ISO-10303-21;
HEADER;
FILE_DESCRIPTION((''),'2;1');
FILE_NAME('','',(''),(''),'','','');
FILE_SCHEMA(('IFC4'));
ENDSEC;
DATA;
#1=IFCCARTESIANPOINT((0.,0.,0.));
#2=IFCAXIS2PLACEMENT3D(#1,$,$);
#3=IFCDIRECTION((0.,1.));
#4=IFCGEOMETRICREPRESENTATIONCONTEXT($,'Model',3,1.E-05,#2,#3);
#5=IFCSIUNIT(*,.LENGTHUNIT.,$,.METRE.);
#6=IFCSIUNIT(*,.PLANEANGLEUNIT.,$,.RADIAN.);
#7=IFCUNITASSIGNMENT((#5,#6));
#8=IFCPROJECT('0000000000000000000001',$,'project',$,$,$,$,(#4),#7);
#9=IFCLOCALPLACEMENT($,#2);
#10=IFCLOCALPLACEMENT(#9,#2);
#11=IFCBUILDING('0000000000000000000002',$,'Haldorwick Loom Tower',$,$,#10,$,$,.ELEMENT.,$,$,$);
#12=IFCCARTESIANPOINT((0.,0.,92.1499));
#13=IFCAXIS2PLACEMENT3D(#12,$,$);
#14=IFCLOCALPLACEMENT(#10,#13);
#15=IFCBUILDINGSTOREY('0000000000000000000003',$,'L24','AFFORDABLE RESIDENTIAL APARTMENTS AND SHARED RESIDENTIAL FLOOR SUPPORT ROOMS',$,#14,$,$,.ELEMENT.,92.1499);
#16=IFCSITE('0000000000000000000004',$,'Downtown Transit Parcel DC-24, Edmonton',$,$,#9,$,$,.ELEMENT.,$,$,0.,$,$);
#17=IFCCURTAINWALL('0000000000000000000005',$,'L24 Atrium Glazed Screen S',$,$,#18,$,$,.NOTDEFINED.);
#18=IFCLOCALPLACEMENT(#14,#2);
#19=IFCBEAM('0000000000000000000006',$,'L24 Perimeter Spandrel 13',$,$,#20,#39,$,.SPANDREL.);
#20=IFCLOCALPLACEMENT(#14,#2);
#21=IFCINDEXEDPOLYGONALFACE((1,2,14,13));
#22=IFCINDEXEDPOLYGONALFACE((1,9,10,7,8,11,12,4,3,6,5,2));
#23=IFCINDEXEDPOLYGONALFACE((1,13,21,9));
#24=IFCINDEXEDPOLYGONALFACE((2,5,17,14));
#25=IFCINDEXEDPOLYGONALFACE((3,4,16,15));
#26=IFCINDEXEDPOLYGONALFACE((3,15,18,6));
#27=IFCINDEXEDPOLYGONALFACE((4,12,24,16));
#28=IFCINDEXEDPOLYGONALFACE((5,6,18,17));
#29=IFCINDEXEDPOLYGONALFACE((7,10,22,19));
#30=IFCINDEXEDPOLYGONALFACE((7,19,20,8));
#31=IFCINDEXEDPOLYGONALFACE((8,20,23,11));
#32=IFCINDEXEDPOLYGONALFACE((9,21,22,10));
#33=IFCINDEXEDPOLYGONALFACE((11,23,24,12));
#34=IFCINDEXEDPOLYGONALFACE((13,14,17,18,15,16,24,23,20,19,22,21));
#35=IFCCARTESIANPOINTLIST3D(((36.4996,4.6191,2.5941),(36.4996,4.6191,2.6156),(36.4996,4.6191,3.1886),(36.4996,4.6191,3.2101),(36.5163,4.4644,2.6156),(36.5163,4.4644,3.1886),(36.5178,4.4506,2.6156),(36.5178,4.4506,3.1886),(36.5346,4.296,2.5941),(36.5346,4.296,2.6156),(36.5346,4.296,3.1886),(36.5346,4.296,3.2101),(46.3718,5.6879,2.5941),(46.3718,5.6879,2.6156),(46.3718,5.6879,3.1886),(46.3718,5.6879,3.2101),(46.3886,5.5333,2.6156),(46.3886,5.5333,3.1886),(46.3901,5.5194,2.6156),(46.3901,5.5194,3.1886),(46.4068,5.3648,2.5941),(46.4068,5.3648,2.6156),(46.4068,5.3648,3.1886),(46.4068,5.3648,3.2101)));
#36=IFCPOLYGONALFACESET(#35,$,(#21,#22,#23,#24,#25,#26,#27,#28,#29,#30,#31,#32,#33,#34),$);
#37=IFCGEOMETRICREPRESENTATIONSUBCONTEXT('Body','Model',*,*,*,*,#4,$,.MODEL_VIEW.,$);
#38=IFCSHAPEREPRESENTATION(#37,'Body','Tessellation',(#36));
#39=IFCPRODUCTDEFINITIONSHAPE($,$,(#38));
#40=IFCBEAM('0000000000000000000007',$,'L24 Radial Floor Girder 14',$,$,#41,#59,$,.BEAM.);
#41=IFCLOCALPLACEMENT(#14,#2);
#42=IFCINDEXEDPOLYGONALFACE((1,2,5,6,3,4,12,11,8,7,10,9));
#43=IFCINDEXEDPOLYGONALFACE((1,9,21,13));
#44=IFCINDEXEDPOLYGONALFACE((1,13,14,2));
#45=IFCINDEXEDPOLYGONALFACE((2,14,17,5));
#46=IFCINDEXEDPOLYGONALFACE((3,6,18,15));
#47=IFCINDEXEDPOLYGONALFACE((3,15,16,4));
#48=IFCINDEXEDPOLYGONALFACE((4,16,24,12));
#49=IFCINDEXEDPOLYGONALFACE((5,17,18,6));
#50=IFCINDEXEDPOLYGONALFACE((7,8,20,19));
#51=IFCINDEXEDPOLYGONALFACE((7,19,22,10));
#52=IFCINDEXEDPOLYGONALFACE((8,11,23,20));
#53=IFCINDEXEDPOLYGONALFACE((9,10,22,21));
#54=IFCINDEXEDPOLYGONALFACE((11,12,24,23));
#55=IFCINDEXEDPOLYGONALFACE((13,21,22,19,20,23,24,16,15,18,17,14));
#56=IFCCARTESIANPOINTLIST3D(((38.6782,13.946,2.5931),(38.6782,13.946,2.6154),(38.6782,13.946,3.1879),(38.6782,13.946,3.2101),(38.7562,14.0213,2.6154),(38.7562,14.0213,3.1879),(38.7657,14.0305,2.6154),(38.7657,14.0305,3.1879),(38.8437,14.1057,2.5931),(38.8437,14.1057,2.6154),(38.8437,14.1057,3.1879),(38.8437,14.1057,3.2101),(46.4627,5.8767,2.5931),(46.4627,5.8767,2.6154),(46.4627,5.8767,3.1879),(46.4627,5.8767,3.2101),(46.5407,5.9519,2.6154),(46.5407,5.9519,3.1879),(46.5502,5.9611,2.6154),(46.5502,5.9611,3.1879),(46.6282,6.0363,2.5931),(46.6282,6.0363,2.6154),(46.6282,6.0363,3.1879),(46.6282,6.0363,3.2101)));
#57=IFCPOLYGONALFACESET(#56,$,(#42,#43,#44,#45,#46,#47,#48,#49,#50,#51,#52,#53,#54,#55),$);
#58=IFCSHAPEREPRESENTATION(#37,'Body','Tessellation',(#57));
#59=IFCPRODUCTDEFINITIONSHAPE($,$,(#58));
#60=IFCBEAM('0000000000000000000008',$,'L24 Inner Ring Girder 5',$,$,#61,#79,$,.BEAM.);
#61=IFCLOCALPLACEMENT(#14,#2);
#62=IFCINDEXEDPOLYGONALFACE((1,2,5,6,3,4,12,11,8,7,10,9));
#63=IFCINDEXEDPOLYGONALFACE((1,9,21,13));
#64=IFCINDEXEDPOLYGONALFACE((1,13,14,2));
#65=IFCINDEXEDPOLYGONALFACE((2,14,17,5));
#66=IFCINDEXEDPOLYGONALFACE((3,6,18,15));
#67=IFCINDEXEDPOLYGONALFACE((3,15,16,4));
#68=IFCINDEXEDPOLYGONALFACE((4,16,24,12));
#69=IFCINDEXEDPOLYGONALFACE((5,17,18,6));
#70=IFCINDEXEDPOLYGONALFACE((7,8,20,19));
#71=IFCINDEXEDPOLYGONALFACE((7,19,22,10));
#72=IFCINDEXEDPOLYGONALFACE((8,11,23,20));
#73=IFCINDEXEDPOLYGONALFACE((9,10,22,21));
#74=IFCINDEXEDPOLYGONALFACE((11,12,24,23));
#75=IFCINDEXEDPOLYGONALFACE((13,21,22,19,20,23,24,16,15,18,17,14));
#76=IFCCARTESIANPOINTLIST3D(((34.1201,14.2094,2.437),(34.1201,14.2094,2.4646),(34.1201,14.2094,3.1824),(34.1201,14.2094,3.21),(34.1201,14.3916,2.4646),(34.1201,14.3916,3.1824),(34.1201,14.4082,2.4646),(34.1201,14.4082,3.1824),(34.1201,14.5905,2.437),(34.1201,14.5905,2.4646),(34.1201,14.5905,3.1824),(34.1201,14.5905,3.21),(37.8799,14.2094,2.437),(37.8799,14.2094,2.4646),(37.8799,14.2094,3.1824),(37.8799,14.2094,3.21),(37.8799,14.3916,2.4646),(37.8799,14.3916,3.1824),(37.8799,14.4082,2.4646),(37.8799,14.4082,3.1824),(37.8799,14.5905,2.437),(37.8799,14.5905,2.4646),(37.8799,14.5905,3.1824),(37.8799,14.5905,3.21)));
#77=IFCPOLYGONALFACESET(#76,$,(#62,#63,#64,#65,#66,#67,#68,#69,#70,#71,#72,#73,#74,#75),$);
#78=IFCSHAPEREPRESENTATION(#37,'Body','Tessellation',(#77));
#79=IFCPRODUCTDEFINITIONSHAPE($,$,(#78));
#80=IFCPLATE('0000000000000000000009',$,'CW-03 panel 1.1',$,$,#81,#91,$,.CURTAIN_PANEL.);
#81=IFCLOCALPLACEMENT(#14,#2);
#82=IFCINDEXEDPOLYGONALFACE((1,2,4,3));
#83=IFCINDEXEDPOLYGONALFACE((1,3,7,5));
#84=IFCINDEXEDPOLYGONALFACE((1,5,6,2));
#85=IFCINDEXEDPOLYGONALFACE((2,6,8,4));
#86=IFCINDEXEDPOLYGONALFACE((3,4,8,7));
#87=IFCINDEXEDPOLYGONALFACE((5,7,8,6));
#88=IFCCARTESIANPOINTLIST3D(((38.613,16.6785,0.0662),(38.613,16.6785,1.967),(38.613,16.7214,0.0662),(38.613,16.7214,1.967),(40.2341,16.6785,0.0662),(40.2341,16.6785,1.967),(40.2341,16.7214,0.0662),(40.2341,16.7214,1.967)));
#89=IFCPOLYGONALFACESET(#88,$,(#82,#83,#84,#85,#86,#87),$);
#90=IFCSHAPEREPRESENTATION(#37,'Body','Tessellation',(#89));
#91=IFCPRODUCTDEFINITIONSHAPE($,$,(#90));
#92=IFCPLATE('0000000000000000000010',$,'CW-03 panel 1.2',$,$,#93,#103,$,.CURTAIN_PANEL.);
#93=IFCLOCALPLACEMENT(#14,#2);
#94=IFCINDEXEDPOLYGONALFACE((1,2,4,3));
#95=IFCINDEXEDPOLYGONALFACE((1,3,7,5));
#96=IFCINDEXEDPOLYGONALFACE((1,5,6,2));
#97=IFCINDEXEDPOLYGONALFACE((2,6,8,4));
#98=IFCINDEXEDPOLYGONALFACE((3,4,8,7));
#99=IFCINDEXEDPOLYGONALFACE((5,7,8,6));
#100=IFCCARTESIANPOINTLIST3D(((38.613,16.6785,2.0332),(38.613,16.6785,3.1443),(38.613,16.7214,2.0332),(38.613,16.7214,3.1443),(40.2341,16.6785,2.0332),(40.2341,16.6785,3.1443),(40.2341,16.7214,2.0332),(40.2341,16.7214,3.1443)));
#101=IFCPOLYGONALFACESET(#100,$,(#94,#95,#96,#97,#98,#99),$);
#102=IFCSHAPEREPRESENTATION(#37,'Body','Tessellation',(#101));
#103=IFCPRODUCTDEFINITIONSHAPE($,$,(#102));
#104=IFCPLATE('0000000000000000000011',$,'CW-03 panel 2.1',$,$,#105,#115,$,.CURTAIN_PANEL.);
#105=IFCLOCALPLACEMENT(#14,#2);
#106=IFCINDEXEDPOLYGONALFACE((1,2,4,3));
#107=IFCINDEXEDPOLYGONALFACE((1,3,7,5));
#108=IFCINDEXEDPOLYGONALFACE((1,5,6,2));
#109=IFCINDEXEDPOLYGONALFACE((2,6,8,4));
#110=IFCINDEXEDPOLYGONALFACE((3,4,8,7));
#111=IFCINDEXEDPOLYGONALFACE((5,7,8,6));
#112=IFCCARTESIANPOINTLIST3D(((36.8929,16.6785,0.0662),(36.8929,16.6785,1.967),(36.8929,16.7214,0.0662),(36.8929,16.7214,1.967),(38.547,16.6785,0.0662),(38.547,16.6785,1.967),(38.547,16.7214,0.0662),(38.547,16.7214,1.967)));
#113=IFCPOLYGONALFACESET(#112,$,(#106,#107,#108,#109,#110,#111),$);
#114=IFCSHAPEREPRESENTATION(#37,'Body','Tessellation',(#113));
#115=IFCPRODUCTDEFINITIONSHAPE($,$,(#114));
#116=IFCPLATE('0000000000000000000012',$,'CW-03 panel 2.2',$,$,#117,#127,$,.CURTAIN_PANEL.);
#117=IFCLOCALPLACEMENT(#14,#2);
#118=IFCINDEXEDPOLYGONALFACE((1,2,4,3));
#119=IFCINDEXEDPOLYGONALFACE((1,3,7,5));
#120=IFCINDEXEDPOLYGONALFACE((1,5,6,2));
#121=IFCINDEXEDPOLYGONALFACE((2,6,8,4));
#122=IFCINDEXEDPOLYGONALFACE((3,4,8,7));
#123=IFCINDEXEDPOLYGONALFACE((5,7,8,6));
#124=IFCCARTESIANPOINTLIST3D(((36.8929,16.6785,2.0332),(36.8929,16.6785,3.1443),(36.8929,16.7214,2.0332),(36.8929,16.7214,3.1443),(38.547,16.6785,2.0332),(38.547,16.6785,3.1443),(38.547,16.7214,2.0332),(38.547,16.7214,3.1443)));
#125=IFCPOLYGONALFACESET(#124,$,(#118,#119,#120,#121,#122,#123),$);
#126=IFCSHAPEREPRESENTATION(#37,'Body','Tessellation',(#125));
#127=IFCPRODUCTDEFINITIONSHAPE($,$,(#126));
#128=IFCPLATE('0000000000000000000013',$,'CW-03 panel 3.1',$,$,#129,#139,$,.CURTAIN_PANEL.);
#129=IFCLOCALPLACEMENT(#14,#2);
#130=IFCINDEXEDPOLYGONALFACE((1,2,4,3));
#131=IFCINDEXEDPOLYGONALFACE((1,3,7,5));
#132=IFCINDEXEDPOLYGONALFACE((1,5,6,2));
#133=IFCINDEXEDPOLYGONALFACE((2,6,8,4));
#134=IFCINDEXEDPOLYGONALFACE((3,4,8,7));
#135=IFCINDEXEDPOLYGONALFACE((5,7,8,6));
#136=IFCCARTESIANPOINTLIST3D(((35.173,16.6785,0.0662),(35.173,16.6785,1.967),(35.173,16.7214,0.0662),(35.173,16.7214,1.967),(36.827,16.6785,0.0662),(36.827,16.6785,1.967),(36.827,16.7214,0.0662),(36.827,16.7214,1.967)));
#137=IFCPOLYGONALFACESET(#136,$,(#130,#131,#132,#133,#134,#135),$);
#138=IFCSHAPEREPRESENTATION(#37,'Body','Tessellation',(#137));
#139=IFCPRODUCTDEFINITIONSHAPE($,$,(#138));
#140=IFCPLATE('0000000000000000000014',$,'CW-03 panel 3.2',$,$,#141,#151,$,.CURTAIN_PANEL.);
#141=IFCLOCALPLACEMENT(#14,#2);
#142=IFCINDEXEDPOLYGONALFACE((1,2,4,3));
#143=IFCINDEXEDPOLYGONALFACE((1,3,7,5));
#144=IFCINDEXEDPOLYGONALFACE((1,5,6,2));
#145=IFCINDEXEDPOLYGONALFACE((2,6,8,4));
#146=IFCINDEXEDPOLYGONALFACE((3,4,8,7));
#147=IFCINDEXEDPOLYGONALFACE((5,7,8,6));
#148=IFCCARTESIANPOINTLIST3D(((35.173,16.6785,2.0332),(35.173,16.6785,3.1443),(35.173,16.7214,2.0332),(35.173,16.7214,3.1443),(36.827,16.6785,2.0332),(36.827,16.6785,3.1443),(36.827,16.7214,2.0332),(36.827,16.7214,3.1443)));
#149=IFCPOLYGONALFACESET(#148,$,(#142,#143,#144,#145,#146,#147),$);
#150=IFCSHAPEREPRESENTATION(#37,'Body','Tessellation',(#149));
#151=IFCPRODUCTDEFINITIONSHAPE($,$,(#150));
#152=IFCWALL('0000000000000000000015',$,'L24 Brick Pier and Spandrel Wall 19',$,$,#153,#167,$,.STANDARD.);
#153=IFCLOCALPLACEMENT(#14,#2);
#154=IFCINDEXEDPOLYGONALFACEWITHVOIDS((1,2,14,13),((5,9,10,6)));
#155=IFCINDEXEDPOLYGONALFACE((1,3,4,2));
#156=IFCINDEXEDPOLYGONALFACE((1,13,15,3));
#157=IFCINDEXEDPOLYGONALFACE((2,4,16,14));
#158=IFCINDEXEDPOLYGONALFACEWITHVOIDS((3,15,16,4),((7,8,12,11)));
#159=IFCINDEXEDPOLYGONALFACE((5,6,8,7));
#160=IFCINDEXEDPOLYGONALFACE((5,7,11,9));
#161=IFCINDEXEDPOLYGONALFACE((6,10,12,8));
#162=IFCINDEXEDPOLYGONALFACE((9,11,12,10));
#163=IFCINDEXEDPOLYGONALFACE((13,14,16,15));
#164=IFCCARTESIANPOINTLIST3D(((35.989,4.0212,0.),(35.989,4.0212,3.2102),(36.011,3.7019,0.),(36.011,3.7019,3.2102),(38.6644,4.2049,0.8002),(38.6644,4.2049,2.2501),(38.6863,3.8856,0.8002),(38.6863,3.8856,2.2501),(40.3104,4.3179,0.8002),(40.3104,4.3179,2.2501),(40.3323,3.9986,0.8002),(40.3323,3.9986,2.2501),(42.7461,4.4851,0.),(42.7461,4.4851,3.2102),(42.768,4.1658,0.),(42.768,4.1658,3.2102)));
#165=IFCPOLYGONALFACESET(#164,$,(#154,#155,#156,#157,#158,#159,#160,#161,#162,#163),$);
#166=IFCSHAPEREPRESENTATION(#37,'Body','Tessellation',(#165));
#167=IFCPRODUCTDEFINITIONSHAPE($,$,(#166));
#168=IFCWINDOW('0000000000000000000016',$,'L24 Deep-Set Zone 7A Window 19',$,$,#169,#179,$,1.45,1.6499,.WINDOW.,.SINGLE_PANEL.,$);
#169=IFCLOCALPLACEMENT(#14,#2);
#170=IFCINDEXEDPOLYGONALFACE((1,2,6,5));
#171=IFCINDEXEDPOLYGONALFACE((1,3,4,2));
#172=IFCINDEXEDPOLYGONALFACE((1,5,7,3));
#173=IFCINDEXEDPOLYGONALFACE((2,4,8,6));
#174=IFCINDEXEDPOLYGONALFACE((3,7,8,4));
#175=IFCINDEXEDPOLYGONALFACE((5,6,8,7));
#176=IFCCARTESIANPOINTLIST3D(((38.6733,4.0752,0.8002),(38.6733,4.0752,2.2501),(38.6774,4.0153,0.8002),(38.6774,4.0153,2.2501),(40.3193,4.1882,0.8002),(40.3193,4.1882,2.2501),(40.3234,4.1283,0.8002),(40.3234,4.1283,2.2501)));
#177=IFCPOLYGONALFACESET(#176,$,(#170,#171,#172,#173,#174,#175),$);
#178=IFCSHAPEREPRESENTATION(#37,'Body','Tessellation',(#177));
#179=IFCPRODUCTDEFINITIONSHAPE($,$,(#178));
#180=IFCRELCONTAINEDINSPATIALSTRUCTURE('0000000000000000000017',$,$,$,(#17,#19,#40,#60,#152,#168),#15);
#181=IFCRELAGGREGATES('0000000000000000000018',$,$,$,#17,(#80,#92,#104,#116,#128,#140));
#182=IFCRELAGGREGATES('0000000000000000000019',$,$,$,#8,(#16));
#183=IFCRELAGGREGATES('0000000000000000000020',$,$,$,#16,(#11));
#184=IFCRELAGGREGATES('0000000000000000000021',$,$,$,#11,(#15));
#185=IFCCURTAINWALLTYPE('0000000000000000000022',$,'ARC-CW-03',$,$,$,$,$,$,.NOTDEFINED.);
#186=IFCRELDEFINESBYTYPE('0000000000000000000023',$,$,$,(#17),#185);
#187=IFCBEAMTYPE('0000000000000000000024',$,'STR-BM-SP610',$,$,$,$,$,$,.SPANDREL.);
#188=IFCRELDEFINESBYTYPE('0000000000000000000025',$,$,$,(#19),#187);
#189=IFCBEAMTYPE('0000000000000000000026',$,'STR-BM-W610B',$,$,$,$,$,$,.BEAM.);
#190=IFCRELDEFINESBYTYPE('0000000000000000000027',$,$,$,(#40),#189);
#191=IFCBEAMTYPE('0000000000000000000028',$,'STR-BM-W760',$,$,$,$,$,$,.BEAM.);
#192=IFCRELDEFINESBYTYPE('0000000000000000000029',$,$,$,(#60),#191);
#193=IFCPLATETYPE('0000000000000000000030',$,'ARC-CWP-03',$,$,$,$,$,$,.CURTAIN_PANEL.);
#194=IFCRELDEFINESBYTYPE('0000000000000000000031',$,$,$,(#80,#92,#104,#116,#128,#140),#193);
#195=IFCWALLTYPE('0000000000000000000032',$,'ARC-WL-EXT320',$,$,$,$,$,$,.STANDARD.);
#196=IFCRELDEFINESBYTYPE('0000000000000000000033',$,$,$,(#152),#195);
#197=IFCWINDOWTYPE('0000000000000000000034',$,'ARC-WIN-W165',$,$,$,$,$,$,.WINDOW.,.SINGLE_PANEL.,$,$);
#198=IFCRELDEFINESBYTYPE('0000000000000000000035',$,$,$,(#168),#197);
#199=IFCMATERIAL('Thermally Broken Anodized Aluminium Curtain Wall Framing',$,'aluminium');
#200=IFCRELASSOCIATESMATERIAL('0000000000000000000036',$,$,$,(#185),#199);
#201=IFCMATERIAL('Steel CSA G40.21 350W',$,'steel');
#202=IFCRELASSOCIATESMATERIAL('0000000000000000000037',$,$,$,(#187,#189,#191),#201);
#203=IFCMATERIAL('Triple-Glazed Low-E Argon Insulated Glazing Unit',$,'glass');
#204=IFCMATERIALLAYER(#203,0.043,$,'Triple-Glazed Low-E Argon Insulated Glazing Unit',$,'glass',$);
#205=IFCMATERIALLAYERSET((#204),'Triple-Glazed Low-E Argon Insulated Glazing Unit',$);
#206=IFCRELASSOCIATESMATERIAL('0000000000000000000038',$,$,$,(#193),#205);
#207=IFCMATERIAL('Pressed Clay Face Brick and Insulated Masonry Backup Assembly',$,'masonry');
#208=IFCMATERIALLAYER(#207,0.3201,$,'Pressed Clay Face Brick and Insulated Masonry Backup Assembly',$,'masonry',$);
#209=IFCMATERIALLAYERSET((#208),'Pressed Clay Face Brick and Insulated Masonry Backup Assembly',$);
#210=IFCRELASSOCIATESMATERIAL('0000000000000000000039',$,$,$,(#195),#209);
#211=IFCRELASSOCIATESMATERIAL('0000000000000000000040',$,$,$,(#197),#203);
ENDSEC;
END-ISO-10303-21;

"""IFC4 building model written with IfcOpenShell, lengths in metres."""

from ifc_helpers import new_model, si_unit, direction, frame, frame_2d, origin, origin_2d, place, context, subcontext, project, spatial, rectangle, i_section, extrude, material, layer, layer_set, material_profile, profile_set, type_object, element, fill, aggregate, save


model = new_model("IFC4")

# Units and contexts
model_context = context("Model", 3, precision=1e-05, world=origin(), true_north=direction((0.0, 1.0)))
body_context = subcontext(model_context, "Body", "Model", "MODEL_VIEW")
ifc_project = project(units=[si_unit("LENGTHUNIT", "METRE"), si_unit("PLANEANGLEUNIT", "RADIAN")], contexts=[model_context])

# Site, building, storey
site_placement = place(None, origin())
site = spatial("IfcSite", under=ifc_project, at=site_placement, Name="Downtown Transit Parcel DC-24, Edmonton", CompositionType="ELEMENT", RefElevation=0.0)
building_placement = place(site_placement, origin())
building = spatial("IfcBuilding", under=site, at=building_placement, Name="Haldorwick Loom Tower", CompositionType="ELEMENT")
storey_placement = place(building_placement, frame((0.0, 0.0, 92.1499)))
storey = spatial("IfcBuildingStorey", under=building, at=storey_placement, Name="L24", Description="AFFORDABLE RESIDENTIAL APARTMENTS AND SHARED RESIDENTIAL FLOOR SUPPORT ROOMS", CompositionType="ELEMENT", Elevation=92.1499)

# Curtain wall
ifc_material_1 = material(Name="Thermally Broken Anodized Aluminium Curtain Wall Framing", Category="aluminium")
curtain_wall_type = type_object("IfcCurtainWallType", Name="ARC-CW-03", PredefinedType="NOTDEFINED", material=ifc_material_1)
curtain_wall_placement = place(storey_placement, origin())
curtain_wall = element("IfcCurtainWall", 1, at=curtain_wall_placement, inside=storey, type_object=curtain_wall_type, Name="L24 Atrium Glazed Screen S", PredefinedType="NOTDEFINED")

# Beams
ifc_material_2 = material(Name="Steel CSA G40.21 350W", Category="steel")
ifc_material_profile_1 = material_profile(ifc_material_2, i_section(OverallWidth=0.325, OverallDepth=0.616, WebThickness=0.0139, FlangeThickness=0.0215, at=origin_2d()), Name="W610X174", Category="steel")
ifc_profile_set_1 = profile_set([ifc_material_profile_1], Name="Steel CSA G40.21 350W")
beam_type_1 = type_object("IfcBeamType", Name="STR-BM-SP610", PredefinedType="SPANDREL", material=ifc_profile_set_1)
beam_1_placement = place(storey_placement, frame((36.5171, 4.4575, 2.9021), z_axis=(0.99419, 0.107638, 0.0), x_axis=(-0.107638, 0.99419, 0.0)))
element("IfcBeam", 2, at=beam_1_placement, inside=storey, type_object=beam_type_1, Name="L24 Perimeter Spandrel 13", PredefinedType="SPANDREL", context=body_context, shape_type="SweptSolid", body=[
    extrude(i_section(OverallWidth=0.325, OverallDepth=0.616, WebThickness=0.0139, FlangeThickness=0.0215, at=origin_2d()), origin(), (0.0, 0.0, 1.0), 9.9299),
])
ifc_material_profile_2 = material_profile(ifc_material_2, i_section(OverallWidth=0.23, OverallDepth=0.6169, WebThickness=0.0132, FlangeThickness=0.0222, at=origin_2d()), Name="W610X140", Category="steel")
ifc_profile_set_2 = profile_set([ifc_material_profile_2], Name="Steel CSA G40.21 350W")
beam_type_2 = type_object("IfcBeamType", Name="STR-BM-W610B", PredefinedType="BEAM", material=ifc_profile_set_2)
beam_2_placement = place(storey_placement, frame((38.761, 14.0259, 2.9016), z_axis=(0.694287, -0.719698, 0.0), x_axis=(0.719698, 0.694287, 0.0)))
element("IfcBeam", 3, at=beam_2_placement, inside=storey, type_object=beam_type_2, Name="L24 Radial Floor Girder 14", PredefinedType="BEAM", context=body_context, shape_type="SweptSolid", body=[
    extrude(i_section(OverallWidth=0.23, OverallDepth=0.6169, WebThickness=0.0132, FlangeThickness=0.0222, at=origin_2d()), origin(), (0.0, 0.0, 1.0), 11.2122),
])
ifc_material_profile_3 = material_profile(ifc_material_2, i_section(OverallWidth=0.3811, OverallDepth=0.7729, WebThickness=0.0166, FlangeThickness=0.0276, at=origin_2d()), Name="W760X257", Category="steel")
ifc_profile_set_3 = profile_set([ifc_material_profile_3], Name="Steel CSA G40.21 350W")
beam_type_3 = type_object("IfcBeamType", Name="STR-BM-W760", PredefinedType="BEAM", material=ifc_profile_set_3)
beam_3_placement = place(storey_placement, frame((37.8799, 14.3999, 2.8235), z_axis=(-1.0, 0.0, 0.0), x_axis=(0.0, -1.0, 0.0)))
element("IfcBeam", 4, at=beam_3_placement, inside=storey, type_object=beam_type_3, Name="L24 Inner Ring Girder 5", PredefinedType="BEAM", context=body_context, shape_type="SweptSolid", body=[
    extrude(i_section(OverallWidth=0.3811, OverallDepth=0.7729, WebThickness=0.0166, FlangeThickness=0.0276, at=origin_2d()), origin(), (0.0, 0.0, 1.0), 3.7598),
])

# Plates
ifc_material_3 = material(Name="Triple-Glazed Low-E Argon Insulated Glazing Unit", Category="glass")
ifc_layer_1 = layer(ifc_material_3, 0.043, Name="Triple-Glazed Low-E Argon Insulated Glazing Unit", Category="glass")
ifc_layer_set_1 = layer_set([ifc_layer_1], Name="Triple-Glazed Low-E Argon Insulated Glazing Unit")
plate_type = type_object("IfcPlateType", Name="ARC-CWP-03", PredefinedType="CURTAIN_PANEL", material=ifc_layer_set_1)
plate_1_placement = place(storey_placement, frame((39.4236, 16.7, 0.0662), z_axis=(0.0, 0.0, 1.0), x_axis=(-1.0, 0.0, 0.0)))
plate_1 = element("IfcPlate", 5, at=plate_1_placement, type_object=plate_type, Name="CW-03 panel 1.1", PredefinedType="CURTAIN_PANEL", context=body_context, shape_type="SweptSolid", body=[
    extrude(rectangle(XDim=1.6211, YDim=0.043, at=origin_2d()), origin(), (0.0, 0.0, 1.0), 1.9009),
])
plate_2_placement = place(storey_placement, frame((39.4236, 16.7, 2.0332), z_axis=(0.0, 0.0, 1.0), x_axis=(-1.0, 0.0, 0.0)))
plate_2 = element("IfcPlate", 6, at=plate_2_placement, type_object=plate_type, Name="CW-03 panel 1.2", PredefinedType="CURTAIN_PANEL", context=body_context, shape_type="SweptSolid", body=[
    extrude(rectangle(XDim=1.6211, YDim=0.043, at=origin_2d()), origin(), (0.0, 0.0, 1.0), 1.1111),
])
plate_3_placement = place(storey_placement, frame((37.72, 16.7, 0.0662), z_axis=(0.0, 0.0, 1.0), x_axis=(-1.0, 0.0, 0.0)))
plate_3 = element("IfcPlate", 7, at=plate_3_placement, type_object=plate_type, Name="CW-03 panel 2.1", PredefinedType="CURTAIN_PANEL", context=body_context, shape_type="SweptSolid", body=[
    extrude(rectangle(XDim=1.6541, YDim=0.043, at=origin_2d()), origin(), (0.0, 0.0, 1.0), 1.9009),
])
plate_4_placement = place(storey_placement, frame((37.72, 16.7, 2.0332), z_axis=(0.0, 0.0, 1.0), x_axis=(-1.0, 0.0, 0.0)))
plate_4 = element("IfcPlate", 8, at=plate_4_placement, type_object=plate_type, Name="CW-03 panel 2.2", PredefinedType="CURTAIN_PANEL", context=body_context, shape_type="SweptSolid", body=[
    extrude(rectangle(XDim=1.6541, YDim=0.043, at=origin_2d()), origin(), (0.0, 0.0, 1.0), 1.1111),
])
plate_5_placement = place(storey_placement, frame((36.0, 16.7, 0.0662), z_axis=(0.0, 0.0, 1.0), x_axis=(-1.0, 0.0, 0.0)))
plate_5 = element("IfcPlate", 9, at=plate_5_placement, type_object=plate_type, Name="CW-03 panel 3.1", PredefinedType="CURTAIN_PANEL", context=body_context, shape_type="SweptSolid", body=[
    extrude(rectangle(XDim=1.6541, YDim=0.043, at=origin_2d()), origin(), (0.0, 0.0, 1.0), 1.9009),
])
plate_6_placement = place(storey_placement, frame((36.0, 16.7, 2.0332), z_axis=(0.0, 0.0, 1.0), x_axis=(-1.0, 0.0, 0.0)))
plate_6 = element("IfcPlate", 10, at=plate_6_placement, type_object=plate_type, Name="CW-03 panel 3.2", PredefinedType="CURTAIN_PANEL", context=body_context, shape_type="SweptSolid", body=[
    extrude(rectangle(XDim=1.6541, YDim=0.043, at=origin_2d()), origin(), (0.0, 0.0, 1.0), 1.1111),
])
aggregate(curtain_wall, [plate_1, plate_2, plate_3, plate_4, plate_5, plate_6])

# Wall, opening, window
ifc_material_4 = material(Name="Pressed Clay Face Brick and Insulated Masonry Backup Assembly", Category="masonry")
ifc_layer_2 = layer(ifc_material_4, 0.3201, Name="Pressed Clay Face Brick and Insulated Masonry Backup Assembly", Category="masonry")
ifc_layer_set_2 = layer_set([ifc_layer_2], Name="Pressed Clay Face Brick and Insulated Masonry Backup Assembly")
wall_type_1 = type_object("IfcWallType", Name="ARC-WL-EXT320", PredefinedType="STANDARD", material=ifc_layer_set_2)
wall_1_placement = place(storey_placement, frame((36.0, 3.8616, 0.0), z_axis=(0.0, 0.0, 1.0), x_axis=(0.997652, 0.068488, 0.0)))
wall_1 = element("IfcWall", 11, at=wall_1_placement, inside=storey, type_object=wall_type_1, Name="L24 Brick Pier and Spandrel Wall 19", PredefinedType="STANDARD", context=body_context, shape_type="SweptSolid", body=[
    extrude(rectangle(XDim=6.7729, YDim=0.3201, at=frame_2d((3.3865, 0.0))), origin(), (0.0, 0.0, 1.0), 3.2102),
])
opening_placement = place(wall_1_placement, frame((2.6816, 0.0, 0.8)))
opening = element("IfcOpeningElement", 12, at=opening_placement, cuts=wall_1, PredefinedType="OPENING", context=body_context, shape_type="SweptSolid", body=[
    extrude(rectangle(XDim=1.6499, YDim=1.45, at=frame_2d((0.825, 0.7251))), frame((0.0, 0.1699, 0.0), z_axis=(0.0, -1.0, 0.0), x_axis=(1.0, 0.0, 0.0)), (0.0, 0.0, 1.0), 0.3401),
])
window_type = type_object("IfcWindowType", Name="ARC-WIN-W165", PartitioningType="SINGLE_PANEL", PredefinedType="WINDOW", material=ifc_material_3)
window_placement = place(opening_placement, origin())
window = element("IfcWindow", 13, at=window_placement, inside=storey, type_object=window_type, Name="L24 Deep-Set Zone 7A Window 19", OverallHeight=1.45, OverallWidth=1.6499, PartitioningType="SINGLE_PANEL", PredefinedType="WINDOW", context=body_context, shape_type="SweptSolid", body=[
    extrude(rectangle(XDim=1.6499, YDim=1.45, at=frame_2d((0.825, 0.7251))), frame((0.0, 0.03, 0.0), z_axis=(0.0, -1.0, 0.0), x_axis=(1.0, 0.0, 0.0)), (0.0, 0.0, 1.0), 0.0601),
])
fill(opening, window)

save(model, "model.ifc")
